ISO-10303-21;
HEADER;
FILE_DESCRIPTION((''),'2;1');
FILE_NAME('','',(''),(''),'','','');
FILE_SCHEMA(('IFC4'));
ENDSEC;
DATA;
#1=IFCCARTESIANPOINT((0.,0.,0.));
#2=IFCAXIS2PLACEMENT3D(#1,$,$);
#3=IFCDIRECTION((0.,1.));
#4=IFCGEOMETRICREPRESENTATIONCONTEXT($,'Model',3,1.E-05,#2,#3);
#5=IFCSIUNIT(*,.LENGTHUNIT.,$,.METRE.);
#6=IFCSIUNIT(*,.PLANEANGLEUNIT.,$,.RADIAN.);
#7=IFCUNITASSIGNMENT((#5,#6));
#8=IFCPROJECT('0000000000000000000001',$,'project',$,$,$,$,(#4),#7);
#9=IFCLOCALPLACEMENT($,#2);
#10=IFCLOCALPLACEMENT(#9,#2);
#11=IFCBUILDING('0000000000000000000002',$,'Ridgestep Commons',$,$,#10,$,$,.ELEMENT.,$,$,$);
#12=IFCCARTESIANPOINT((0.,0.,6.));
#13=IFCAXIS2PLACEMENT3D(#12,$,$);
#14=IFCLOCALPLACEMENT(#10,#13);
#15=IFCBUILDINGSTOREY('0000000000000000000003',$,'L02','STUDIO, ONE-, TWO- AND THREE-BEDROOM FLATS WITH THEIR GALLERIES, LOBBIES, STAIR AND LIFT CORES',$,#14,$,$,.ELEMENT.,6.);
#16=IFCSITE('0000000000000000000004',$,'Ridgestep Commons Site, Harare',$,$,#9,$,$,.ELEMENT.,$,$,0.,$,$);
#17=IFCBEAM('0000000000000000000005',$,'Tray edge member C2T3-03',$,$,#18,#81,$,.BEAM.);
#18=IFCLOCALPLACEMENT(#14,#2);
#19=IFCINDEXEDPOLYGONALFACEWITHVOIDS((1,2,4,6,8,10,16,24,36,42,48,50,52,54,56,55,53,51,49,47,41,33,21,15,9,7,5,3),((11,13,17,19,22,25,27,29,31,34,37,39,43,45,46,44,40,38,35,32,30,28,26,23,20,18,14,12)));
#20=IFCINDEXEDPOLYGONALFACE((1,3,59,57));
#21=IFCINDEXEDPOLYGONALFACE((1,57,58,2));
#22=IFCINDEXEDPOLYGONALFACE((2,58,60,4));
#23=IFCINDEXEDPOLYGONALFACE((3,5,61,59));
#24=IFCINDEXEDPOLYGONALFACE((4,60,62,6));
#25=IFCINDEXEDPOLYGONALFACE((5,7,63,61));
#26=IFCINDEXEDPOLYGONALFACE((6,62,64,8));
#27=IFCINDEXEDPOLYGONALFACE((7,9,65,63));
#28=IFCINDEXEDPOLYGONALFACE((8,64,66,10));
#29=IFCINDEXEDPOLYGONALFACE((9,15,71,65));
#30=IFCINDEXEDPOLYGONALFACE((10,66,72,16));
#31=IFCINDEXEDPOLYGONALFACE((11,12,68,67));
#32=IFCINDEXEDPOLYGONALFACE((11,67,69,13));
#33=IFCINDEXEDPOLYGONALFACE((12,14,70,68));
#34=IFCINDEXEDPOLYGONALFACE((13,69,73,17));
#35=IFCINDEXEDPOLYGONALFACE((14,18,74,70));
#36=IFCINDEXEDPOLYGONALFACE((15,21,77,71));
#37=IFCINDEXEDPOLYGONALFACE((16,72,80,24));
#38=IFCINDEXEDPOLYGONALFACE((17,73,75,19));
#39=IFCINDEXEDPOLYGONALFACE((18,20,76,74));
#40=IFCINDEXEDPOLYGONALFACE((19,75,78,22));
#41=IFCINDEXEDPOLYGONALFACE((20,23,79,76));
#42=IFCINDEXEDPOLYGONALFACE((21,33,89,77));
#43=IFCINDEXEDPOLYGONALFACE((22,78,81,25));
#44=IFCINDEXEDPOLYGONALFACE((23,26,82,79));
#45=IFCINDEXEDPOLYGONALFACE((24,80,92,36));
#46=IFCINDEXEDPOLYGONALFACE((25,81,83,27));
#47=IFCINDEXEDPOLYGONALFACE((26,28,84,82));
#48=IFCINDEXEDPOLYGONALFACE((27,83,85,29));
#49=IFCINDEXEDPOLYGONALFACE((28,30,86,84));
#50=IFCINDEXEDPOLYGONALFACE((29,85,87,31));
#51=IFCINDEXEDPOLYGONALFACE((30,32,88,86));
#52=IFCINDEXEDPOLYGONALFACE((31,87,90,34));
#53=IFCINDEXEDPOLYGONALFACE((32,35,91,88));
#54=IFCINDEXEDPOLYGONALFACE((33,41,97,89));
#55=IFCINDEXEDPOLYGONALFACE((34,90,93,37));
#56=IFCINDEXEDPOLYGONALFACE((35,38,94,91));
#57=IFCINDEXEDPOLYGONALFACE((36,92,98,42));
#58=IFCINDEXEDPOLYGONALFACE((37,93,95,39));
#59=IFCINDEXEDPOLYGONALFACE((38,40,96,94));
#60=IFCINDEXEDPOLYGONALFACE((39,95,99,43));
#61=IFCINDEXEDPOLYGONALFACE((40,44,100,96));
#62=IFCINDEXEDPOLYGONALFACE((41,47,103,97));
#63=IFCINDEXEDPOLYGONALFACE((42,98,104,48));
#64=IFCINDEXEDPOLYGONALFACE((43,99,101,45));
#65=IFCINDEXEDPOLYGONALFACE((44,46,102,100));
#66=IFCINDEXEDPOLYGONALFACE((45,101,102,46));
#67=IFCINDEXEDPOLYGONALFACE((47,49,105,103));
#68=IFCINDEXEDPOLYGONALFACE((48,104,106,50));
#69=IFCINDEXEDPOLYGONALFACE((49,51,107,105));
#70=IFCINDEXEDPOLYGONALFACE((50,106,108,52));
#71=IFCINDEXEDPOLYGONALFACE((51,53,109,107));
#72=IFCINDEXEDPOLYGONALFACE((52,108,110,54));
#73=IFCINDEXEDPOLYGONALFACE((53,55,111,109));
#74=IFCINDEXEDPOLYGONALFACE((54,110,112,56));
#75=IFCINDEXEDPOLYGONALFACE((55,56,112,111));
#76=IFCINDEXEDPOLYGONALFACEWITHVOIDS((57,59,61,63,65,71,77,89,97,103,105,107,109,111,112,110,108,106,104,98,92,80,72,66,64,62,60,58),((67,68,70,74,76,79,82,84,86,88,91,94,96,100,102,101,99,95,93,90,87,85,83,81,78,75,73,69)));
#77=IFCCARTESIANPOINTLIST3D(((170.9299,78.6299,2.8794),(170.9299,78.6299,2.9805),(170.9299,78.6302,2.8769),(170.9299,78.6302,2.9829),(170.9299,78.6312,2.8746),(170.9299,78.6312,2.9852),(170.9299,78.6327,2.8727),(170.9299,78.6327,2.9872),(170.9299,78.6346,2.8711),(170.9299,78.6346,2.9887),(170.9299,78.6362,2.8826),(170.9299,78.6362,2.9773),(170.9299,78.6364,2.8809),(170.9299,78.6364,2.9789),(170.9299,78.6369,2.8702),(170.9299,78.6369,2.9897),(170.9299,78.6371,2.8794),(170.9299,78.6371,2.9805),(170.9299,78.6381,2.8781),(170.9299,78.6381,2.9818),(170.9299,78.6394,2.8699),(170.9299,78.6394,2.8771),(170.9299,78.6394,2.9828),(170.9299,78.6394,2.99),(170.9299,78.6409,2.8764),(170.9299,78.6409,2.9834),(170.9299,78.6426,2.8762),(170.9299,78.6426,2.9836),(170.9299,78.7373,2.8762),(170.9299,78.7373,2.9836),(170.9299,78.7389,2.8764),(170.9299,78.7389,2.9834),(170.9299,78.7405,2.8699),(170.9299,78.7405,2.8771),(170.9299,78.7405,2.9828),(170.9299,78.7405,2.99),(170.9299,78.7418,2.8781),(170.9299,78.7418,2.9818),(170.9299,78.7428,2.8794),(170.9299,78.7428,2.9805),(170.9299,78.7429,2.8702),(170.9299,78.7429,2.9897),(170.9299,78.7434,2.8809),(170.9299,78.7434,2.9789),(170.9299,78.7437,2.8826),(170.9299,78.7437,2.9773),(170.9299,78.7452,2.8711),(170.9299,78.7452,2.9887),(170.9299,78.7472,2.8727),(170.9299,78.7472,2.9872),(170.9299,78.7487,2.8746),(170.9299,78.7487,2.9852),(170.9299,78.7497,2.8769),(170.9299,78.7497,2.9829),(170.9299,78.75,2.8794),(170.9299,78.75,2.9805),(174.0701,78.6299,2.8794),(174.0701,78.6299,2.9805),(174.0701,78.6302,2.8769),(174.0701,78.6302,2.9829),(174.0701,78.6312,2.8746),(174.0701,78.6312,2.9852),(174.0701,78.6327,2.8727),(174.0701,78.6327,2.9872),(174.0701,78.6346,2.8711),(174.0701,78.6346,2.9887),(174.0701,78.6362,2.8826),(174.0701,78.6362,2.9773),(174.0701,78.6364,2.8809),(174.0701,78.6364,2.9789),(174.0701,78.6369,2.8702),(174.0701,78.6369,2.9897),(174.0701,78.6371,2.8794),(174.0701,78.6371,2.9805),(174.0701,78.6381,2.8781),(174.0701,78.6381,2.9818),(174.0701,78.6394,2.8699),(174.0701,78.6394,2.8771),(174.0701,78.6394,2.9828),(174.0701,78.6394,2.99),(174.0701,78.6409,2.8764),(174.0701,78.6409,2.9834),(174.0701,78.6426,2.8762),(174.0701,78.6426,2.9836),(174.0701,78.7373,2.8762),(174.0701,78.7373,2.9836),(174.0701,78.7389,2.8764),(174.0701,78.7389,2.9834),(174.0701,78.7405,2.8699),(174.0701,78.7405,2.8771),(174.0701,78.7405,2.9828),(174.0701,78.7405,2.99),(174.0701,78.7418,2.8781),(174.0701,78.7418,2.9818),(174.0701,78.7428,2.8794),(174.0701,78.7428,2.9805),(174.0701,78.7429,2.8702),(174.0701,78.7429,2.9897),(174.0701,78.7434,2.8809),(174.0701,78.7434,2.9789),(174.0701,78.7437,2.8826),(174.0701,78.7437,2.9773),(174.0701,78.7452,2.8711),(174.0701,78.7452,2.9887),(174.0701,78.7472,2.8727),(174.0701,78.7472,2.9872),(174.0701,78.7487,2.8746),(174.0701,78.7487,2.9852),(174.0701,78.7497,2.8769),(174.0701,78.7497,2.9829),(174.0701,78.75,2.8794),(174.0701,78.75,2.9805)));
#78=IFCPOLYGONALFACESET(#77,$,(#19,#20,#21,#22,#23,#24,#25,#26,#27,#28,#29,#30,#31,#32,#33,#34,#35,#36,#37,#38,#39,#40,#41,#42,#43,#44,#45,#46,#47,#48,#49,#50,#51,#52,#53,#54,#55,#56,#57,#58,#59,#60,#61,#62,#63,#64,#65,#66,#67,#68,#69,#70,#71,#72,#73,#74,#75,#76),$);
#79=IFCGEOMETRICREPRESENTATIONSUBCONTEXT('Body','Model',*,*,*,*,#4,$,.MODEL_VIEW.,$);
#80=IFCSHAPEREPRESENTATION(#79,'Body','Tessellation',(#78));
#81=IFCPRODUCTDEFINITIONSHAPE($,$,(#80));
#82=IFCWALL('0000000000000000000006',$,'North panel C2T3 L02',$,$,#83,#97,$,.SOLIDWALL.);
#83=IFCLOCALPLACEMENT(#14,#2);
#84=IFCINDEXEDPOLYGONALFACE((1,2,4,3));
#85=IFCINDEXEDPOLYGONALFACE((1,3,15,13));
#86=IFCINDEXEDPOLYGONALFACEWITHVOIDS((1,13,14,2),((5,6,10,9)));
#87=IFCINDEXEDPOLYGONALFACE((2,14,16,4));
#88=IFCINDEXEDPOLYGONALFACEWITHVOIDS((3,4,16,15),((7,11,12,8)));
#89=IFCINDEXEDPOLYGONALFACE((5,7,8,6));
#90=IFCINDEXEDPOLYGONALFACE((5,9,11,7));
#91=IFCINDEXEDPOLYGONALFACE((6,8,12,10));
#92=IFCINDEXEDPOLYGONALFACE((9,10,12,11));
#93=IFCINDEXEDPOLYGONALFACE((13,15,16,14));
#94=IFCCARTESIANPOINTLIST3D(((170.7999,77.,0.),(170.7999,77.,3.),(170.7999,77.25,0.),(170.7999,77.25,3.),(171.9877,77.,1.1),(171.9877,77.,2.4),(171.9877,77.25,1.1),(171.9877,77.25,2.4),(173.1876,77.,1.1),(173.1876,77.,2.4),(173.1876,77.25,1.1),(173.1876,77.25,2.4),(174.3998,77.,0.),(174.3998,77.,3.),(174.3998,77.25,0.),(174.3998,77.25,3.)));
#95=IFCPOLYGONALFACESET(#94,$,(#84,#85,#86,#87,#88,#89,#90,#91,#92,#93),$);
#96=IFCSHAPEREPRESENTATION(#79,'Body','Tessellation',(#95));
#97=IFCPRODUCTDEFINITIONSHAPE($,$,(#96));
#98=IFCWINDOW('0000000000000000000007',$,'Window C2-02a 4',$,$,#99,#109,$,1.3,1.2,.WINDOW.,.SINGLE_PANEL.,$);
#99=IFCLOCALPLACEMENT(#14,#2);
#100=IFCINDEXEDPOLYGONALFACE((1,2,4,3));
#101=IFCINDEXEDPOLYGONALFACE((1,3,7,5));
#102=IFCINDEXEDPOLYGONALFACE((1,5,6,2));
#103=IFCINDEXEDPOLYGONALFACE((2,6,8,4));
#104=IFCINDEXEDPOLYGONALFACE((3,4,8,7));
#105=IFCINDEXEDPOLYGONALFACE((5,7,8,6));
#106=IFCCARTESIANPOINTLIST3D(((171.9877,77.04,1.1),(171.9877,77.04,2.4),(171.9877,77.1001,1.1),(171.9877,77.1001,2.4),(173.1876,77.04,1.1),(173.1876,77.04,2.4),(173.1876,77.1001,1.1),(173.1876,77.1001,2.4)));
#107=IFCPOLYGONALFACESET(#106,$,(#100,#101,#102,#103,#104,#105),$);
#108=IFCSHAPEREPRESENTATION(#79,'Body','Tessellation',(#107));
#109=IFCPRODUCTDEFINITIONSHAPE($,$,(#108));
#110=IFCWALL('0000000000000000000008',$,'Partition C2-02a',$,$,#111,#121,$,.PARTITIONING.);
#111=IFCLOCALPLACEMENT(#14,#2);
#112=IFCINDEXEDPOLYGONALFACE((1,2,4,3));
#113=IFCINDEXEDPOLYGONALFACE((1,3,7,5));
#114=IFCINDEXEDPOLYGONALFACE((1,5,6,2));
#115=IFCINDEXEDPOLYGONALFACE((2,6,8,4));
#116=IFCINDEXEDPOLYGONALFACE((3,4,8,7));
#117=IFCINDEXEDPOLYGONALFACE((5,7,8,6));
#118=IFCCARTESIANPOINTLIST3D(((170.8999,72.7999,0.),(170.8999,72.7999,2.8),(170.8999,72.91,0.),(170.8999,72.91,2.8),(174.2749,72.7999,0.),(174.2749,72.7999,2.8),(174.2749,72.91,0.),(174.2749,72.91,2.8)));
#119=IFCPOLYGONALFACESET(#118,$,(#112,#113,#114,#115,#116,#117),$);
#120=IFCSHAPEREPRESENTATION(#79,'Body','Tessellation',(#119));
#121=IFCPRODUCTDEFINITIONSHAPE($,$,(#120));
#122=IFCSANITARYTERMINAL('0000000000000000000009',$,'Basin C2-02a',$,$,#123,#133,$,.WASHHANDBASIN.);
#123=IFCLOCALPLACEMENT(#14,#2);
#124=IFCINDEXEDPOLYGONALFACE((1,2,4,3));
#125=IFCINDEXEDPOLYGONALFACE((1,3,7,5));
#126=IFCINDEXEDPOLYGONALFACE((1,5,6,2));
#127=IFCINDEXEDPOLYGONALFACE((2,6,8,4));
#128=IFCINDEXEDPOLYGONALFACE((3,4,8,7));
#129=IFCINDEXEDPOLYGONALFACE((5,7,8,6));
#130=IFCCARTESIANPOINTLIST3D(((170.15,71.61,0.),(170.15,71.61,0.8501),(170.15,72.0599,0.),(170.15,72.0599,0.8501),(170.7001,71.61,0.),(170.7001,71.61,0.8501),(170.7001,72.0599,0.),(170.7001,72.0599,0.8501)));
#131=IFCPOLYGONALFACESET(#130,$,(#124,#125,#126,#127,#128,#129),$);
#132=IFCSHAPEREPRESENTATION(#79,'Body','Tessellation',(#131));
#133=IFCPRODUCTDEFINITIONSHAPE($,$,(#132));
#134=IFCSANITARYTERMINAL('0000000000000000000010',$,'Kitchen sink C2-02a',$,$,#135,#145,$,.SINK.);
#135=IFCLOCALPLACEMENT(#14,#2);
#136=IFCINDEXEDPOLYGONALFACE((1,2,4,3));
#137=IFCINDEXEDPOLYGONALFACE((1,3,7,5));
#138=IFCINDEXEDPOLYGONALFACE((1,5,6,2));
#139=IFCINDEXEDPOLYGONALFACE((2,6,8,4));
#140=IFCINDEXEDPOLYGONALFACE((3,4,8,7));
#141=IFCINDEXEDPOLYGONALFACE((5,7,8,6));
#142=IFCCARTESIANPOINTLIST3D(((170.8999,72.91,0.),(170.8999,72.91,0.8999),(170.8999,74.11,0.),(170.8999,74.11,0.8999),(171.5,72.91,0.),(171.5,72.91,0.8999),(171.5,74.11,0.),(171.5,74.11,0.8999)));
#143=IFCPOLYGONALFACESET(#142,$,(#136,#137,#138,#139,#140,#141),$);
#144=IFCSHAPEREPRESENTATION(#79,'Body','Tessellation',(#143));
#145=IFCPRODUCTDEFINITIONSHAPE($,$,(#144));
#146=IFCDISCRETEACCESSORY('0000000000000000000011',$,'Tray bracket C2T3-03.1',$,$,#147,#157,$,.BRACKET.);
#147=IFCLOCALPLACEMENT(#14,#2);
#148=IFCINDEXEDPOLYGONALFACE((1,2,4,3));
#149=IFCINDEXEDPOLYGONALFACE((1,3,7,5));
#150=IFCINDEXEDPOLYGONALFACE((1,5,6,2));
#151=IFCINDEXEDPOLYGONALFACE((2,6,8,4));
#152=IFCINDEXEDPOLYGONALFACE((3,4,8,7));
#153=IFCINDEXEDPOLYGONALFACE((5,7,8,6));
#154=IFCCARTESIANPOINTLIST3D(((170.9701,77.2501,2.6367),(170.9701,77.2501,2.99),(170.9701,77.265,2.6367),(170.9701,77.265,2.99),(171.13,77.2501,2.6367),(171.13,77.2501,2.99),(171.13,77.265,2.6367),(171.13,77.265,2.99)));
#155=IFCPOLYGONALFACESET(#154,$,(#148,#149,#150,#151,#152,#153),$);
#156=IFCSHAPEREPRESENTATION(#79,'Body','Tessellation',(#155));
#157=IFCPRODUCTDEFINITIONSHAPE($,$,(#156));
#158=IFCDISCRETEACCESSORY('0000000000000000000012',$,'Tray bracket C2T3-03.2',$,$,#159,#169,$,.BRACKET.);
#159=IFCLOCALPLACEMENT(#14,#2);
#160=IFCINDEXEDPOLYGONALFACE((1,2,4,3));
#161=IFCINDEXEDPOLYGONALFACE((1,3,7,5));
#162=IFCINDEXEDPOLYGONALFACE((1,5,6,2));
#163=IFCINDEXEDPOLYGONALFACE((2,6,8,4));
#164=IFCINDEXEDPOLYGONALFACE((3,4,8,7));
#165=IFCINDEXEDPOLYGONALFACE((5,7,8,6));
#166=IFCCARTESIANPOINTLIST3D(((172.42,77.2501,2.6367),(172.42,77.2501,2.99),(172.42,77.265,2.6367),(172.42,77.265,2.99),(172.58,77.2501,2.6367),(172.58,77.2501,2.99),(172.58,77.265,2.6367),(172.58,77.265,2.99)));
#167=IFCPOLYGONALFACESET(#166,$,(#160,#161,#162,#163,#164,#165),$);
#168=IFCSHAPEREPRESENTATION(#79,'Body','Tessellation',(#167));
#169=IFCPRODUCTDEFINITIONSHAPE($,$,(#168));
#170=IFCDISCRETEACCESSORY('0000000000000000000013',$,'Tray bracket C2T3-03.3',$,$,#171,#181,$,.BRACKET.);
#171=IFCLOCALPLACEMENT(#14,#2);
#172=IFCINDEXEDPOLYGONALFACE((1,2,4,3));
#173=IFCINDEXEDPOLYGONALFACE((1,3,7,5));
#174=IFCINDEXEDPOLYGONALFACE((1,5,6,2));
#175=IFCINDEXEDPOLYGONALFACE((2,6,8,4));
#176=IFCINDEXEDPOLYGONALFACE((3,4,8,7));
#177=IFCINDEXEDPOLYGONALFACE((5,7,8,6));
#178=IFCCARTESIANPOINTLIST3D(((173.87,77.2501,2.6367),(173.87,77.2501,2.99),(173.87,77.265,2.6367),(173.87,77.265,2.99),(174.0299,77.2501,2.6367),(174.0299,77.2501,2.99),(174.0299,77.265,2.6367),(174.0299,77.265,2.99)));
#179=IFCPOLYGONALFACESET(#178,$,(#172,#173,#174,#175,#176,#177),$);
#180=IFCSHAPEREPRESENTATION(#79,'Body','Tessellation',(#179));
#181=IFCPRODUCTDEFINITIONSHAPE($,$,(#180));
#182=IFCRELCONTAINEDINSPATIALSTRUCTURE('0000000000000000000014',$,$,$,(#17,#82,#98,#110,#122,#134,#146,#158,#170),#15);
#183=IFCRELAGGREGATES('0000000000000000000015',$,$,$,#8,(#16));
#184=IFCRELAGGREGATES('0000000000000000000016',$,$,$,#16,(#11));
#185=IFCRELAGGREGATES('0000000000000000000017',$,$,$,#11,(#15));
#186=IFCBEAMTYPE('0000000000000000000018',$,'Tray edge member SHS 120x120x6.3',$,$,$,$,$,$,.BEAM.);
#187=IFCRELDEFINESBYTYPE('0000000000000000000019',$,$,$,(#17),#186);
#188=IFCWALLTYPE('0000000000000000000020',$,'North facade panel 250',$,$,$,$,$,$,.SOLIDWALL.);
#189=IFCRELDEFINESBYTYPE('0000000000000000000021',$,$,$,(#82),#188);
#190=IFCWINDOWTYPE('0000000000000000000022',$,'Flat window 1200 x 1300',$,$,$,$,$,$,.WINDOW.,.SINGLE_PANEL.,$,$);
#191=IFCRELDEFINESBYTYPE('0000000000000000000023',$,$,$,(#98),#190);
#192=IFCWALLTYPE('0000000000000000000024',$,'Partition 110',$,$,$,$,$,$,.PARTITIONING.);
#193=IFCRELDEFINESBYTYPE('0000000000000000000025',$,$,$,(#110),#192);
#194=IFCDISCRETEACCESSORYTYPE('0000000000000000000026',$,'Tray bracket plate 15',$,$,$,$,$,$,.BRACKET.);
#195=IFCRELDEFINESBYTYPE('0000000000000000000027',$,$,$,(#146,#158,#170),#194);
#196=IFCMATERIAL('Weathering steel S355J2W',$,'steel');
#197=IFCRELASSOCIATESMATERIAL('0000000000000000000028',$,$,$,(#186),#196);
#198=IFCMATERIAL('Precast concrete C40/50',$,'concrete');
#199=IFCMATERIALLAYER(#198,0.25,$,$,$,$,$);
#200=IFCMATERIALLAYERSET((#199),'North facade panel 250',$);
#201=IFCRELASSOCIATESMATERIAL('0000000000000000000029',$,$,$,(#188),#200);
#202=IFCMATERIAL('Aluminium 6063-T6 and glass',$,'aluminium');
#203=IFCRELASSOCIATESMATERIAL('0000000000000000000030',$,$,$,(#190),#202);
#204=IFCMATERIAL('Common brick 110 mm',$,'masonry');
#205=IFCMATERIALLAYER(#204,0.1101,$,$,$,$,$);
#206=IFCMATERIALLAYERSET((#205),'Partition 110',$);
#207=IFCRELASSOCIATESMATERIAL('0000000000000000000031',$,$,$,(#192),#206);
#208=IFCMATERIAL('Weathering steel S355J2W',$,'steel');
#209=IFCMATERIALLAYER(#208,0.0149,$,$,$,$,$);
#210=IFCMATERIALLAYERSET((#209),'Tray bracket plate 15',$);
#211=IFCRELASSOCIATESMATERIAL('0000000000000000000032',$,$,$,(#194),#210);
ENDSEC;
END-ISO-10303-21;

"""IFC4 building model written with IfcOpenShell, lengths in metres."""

from ifc_helpers import new_model, si_unit, direction, frame, frame_2d, origin, origin_2d, place, context, subcontext, project, spatial, rectangle, hollow_rectangle, extrude, material, layer, layer_set, material_profile, profile_set, type_object, element, fill, save


model = new_model("IFC4")

# Units and contexts
model_context = context("Model", 3, precision=1e-05, world=origin(), true_north=direction((0.0, 1.0)))
body_context = subcontext(model_context, "Body", "Model", "MODEL_VIEW")
ifc_project = project(units=[si_unit("LENGTHUNIT", "METRE"), si_unit("PLANEANGLEUNIT", "RADIAN")], contexts=[model_context])

# Site, building, storey
site_placement = place(None, origin())
site = spatial("IfcSite", under=ifc_project, at=site_placement, Name="Ridgestep Commons Site, Harare", CompositionType="ELEMENT", RefElevation=0.0)
building_placement = place(site_placement, origin())
building = spatial("IfcBuilding", under=site, at=building_placement, Name="Ridgestep Commons", CompositionType="ELEMENT")
storey_placement = place(building_placement, frame((0.0, 0.0, 6.0)))
storey = spatial("IfcBuildingStorey", under=building, at=storey_placement, Name="L02", Description="STUDIO, ONE-, TWO- AND THREE-BEDROOM FLATS WITH THEIR GALLERIES, LOBBIES, STAIR AND LIFT CORES", CompositionType="ELEMENT", Elevation=6.0)

# Beam
ifc_material_1 = material(Name="Weathering steel S355J2W", Category="steel")
ifc_material_profile_1 = material_profile(ifc_material_1, hollow_rectangle(XDim=0.1201, YDim=0.1201, WallThickness=0.0063, InnerFilletRadius=0.0063, OuterFilletRadius=0.0095, at=origin_2d()), Name="SHS 120x120x6.3")
ifc_profile_set_1 = profile_set([ifc_material_profile_1], Name="Weathering steel S355J2W")
beam_type_1 = type_object("IfcBeamType", Name="Tray edge member SHS 120x120x6.3", PredefinedType="BEAM", material=ifc_profile_set_1)
beam_placement = place(storey_placement, frame((170.9299, 78.6899, 2.9299), z_axis=(1.0, 0.0, 0.0), x_axis=(0.0, 0.0, 1.0)))
element("IfcBeam", 1, at=beam_placement, inside=storey, type_object=beam_type_1, Name="Tray edge member C2T3-03", PredefinedType="BEAM", context=body_context, shape_type="SweptSolid", body=[
    extrude(hollow_rectangle(XDim=0.1201, YDim=0.1201, WallThickness=0.0063, InnerFilletRadius=0.0063, OuterFilletRadius=0.0095, at=origin_2d()), origin(), (0.0, 0.0, 1.0), 3.1401),
])

# Wall, opening, window
ifc_material_2 = material(Name="Precast concrete C40/50", Category="concrete")
ifc_layer_1 = layer(ifc_material_2, 0.25)
ifc_layer_set_1 = layer_set([ifc_layer_1], Name="North facade panel 250")
wall_type_1 = type_object("IfcWallType", Name="North facade panel 250", PredefinedType="SOLIDWALL", material=ifc_layer_set_1)
wall_1_placement = place(storey_placement, frame((170.8, 77.125, 0.0), z_axis=(0.0, 0.0, 1.0), x_axis=(1.0, 0.0, 0.0)))
wall_1 = element("IfcWall", 2, at=wall_1_placement, inside=storey, type_object=wall_type_1, Name="North panel C2T3 L02", PredefinedType="SOLIDWALL", context=body_context, shape_type="SweptSolid", body=[
    extrude(rectangle(XDim=3.5999, YDim=0.25, at=frame_2d((1.7998, 0.0))), origin(), (0.0, 0.0, 1.0), 3.0),
])
opening_placement = place(wall_1_placement, frame((1.1875, 0.0, 1.1001)))
opening = element("IfcOpeningElement", 3, at=opening_placement, cuts=wall_1, PredefinedType="OPENING", context=body_context, shape_type="SweptSolid", body=[
    extrude(rectangle(XDim=1.2, YDim=1.3, at=frame_2d((0.6001, 0.6499))), frame((0.0, 0.135, 0.0), z_axis=(0.0, -1.0, 0.0), x_axis=(1.0, 0.0, 0.0)), (0.0, 0.0, 1.0), 0.27),
])
ifc_material_3 = material(Name="Aluminium 6063-T6 and glass", Category="aluminium")
window_type = type_object("IfcWindowType", Name="Flat window 1200 x 1300", PartitioningType="SINGLE_PANEL", PredefinedType="WINDOW", material=ifc_material_3)
window_placement = place(opening_placement, origin())
window = element("IfcWindow", 4, at=window_placement, inside=storey, type_object=window_type, Name="Window C2-02a 4", OverallHeight=1.3, OverallWidth=1.2, PartitioningType="SINGLE_PANEL", PredefinedType="WINDOW", context=body_context, shape_type="SweptSolid", body=[
    extrude(rectangle(XDim=1.2, YDim=1.3, at=frame_2d((0.6001, 0.6499))), frame((0.0, -0.0249, 0.0), z_axis=(0.0, -1.0, 0.0), x_axis=(1.0, 0.0, 0.0)), (0.0, 0.0, 1.0), 0.0601),
])
fill(opening, window)

# Wall
ifc_material_4 = material(Name="Common brick 110 mm", Category="masonry")
ifc_layer_2 = layer(ifc_material_4, 0.1101)
ifc_layer_set_2 = layer_set([ifc_layer_2], Name="Partition 110")
wall_type_2 = type_object("IfcWallType", Name="Partition 110", PredefinedType="PARTITIONING", material=ifc_layer_set_2)
wall_2_placement = place(storey_placement, frame((170.8999, 72.855, 0.0), z_axis=(0.0, 0.0, 1.0), x_axis=(1.0, 0.0, 0.0)))
element("IfcWall", 5, at=wall_2_placement, inside=storey, type_object=wall_type_2, Name="Partition C2-02a", PredefinedType="PARTITIONING", context=body_context, shape_type="SweptSolid", body=[
    extrude(rectangle(XDim=3.375, YDim=0.1101, at=frame_2d((1.6875, 0.0))), origin(), (0.0, 0.0, 1.0), 2.8),
])

# Sanitary terminals
sanitary_terminal_1_placement = place(storey_placement, frame((170.425, 71.835, 0.0), z_axis=(0.0, 0.0, 1.0), x_axis=(1.0, 0.0, 0.0)))
element("IfcSanitaryTerminal", 6, at=sanitary_terminal_1_placement, inside=storey, Name="Basin C2-02a", PredefinedType="WASHHANDBASIN", context=body_context, shape_type="SweptSolid", body=[
    extrude(rectangle(XDim=0.55, YDim=0.45, at=origin_2d()), origin(), (0.0, 0.0, 1.0), 0.8501),
])
sanitary_terminal_2_placement = place(storey_placement, frame((171.2, 73.51, 0.0), z_axis=(0.0, 0.0, 1.0), x_axis=(1.0, 0.0, 0.0)))
element("IfcSanitaryTerminal", 7, at=sanitary_terminal_2_placement, inside=storey, Name="Kitchen sink C2-02a", PredefinedType="SINK", context=body_context, shape_type="SweptSolid", body=[
    extrude(rectangle(XDim=0.6001, YDim=1.2, at=origin_2d()), origin(), (0.0, 0.0, 1.0), 0.8999),
])

# Discrete accessories
ifc_material_5 = material(Name="Weathering steel S355J2W", Category="steel")
ifc_layer_3 = layer(ifc_material_5, 0.0149)
ifc_layer_set_3 = layer_set([ifc_layer_3], Name="Tray bracket plate 15")
discrete_accessory_type_1 = type_object("IfcDiscreteAccessoryType", Name="Tray bracket plate 15", PredefinedType="BRACKET", material=ifc_layer_set_3)
for number, where, z_axis, x_axis, name in (
    (8, (171.05, 77.2576, 2.6367), (0.0, 0.0, 1.0), (1.0, 0.0, 0.0), "Tray bracket C2T3-03.1"),
    (9, (172.5, 77.2576, 2.6367), (0.0, 0.0, 1.0), (1.0, 0.0, 0.0), "Tray bracket C2T3-03.2"),
    (10, (173.95, 77.2576, 2.6367), (0.0, 0.0, 1.0), (1.0, 0.0, 0.0), "Tray bracket C2T3-03.3"),
):
    element("IfcDiscreteAccessory", number, at=place(storey_placement, frame(where, z_axis=z_axis, x_axis=x_axis)), inside=storey, type_object=discrete_accessory_type_1, Name=name, PredefinedType="BRACKET", context=body_context, shape_type="SweptSolid", body=[
        extrude(rectangle(XDim=0.1599, YDim=0.0149, at=origin_2d()), origin(), (0.0, 0.0, 1.0), 0.3533),
    ])

save(model, "model.ifc")
